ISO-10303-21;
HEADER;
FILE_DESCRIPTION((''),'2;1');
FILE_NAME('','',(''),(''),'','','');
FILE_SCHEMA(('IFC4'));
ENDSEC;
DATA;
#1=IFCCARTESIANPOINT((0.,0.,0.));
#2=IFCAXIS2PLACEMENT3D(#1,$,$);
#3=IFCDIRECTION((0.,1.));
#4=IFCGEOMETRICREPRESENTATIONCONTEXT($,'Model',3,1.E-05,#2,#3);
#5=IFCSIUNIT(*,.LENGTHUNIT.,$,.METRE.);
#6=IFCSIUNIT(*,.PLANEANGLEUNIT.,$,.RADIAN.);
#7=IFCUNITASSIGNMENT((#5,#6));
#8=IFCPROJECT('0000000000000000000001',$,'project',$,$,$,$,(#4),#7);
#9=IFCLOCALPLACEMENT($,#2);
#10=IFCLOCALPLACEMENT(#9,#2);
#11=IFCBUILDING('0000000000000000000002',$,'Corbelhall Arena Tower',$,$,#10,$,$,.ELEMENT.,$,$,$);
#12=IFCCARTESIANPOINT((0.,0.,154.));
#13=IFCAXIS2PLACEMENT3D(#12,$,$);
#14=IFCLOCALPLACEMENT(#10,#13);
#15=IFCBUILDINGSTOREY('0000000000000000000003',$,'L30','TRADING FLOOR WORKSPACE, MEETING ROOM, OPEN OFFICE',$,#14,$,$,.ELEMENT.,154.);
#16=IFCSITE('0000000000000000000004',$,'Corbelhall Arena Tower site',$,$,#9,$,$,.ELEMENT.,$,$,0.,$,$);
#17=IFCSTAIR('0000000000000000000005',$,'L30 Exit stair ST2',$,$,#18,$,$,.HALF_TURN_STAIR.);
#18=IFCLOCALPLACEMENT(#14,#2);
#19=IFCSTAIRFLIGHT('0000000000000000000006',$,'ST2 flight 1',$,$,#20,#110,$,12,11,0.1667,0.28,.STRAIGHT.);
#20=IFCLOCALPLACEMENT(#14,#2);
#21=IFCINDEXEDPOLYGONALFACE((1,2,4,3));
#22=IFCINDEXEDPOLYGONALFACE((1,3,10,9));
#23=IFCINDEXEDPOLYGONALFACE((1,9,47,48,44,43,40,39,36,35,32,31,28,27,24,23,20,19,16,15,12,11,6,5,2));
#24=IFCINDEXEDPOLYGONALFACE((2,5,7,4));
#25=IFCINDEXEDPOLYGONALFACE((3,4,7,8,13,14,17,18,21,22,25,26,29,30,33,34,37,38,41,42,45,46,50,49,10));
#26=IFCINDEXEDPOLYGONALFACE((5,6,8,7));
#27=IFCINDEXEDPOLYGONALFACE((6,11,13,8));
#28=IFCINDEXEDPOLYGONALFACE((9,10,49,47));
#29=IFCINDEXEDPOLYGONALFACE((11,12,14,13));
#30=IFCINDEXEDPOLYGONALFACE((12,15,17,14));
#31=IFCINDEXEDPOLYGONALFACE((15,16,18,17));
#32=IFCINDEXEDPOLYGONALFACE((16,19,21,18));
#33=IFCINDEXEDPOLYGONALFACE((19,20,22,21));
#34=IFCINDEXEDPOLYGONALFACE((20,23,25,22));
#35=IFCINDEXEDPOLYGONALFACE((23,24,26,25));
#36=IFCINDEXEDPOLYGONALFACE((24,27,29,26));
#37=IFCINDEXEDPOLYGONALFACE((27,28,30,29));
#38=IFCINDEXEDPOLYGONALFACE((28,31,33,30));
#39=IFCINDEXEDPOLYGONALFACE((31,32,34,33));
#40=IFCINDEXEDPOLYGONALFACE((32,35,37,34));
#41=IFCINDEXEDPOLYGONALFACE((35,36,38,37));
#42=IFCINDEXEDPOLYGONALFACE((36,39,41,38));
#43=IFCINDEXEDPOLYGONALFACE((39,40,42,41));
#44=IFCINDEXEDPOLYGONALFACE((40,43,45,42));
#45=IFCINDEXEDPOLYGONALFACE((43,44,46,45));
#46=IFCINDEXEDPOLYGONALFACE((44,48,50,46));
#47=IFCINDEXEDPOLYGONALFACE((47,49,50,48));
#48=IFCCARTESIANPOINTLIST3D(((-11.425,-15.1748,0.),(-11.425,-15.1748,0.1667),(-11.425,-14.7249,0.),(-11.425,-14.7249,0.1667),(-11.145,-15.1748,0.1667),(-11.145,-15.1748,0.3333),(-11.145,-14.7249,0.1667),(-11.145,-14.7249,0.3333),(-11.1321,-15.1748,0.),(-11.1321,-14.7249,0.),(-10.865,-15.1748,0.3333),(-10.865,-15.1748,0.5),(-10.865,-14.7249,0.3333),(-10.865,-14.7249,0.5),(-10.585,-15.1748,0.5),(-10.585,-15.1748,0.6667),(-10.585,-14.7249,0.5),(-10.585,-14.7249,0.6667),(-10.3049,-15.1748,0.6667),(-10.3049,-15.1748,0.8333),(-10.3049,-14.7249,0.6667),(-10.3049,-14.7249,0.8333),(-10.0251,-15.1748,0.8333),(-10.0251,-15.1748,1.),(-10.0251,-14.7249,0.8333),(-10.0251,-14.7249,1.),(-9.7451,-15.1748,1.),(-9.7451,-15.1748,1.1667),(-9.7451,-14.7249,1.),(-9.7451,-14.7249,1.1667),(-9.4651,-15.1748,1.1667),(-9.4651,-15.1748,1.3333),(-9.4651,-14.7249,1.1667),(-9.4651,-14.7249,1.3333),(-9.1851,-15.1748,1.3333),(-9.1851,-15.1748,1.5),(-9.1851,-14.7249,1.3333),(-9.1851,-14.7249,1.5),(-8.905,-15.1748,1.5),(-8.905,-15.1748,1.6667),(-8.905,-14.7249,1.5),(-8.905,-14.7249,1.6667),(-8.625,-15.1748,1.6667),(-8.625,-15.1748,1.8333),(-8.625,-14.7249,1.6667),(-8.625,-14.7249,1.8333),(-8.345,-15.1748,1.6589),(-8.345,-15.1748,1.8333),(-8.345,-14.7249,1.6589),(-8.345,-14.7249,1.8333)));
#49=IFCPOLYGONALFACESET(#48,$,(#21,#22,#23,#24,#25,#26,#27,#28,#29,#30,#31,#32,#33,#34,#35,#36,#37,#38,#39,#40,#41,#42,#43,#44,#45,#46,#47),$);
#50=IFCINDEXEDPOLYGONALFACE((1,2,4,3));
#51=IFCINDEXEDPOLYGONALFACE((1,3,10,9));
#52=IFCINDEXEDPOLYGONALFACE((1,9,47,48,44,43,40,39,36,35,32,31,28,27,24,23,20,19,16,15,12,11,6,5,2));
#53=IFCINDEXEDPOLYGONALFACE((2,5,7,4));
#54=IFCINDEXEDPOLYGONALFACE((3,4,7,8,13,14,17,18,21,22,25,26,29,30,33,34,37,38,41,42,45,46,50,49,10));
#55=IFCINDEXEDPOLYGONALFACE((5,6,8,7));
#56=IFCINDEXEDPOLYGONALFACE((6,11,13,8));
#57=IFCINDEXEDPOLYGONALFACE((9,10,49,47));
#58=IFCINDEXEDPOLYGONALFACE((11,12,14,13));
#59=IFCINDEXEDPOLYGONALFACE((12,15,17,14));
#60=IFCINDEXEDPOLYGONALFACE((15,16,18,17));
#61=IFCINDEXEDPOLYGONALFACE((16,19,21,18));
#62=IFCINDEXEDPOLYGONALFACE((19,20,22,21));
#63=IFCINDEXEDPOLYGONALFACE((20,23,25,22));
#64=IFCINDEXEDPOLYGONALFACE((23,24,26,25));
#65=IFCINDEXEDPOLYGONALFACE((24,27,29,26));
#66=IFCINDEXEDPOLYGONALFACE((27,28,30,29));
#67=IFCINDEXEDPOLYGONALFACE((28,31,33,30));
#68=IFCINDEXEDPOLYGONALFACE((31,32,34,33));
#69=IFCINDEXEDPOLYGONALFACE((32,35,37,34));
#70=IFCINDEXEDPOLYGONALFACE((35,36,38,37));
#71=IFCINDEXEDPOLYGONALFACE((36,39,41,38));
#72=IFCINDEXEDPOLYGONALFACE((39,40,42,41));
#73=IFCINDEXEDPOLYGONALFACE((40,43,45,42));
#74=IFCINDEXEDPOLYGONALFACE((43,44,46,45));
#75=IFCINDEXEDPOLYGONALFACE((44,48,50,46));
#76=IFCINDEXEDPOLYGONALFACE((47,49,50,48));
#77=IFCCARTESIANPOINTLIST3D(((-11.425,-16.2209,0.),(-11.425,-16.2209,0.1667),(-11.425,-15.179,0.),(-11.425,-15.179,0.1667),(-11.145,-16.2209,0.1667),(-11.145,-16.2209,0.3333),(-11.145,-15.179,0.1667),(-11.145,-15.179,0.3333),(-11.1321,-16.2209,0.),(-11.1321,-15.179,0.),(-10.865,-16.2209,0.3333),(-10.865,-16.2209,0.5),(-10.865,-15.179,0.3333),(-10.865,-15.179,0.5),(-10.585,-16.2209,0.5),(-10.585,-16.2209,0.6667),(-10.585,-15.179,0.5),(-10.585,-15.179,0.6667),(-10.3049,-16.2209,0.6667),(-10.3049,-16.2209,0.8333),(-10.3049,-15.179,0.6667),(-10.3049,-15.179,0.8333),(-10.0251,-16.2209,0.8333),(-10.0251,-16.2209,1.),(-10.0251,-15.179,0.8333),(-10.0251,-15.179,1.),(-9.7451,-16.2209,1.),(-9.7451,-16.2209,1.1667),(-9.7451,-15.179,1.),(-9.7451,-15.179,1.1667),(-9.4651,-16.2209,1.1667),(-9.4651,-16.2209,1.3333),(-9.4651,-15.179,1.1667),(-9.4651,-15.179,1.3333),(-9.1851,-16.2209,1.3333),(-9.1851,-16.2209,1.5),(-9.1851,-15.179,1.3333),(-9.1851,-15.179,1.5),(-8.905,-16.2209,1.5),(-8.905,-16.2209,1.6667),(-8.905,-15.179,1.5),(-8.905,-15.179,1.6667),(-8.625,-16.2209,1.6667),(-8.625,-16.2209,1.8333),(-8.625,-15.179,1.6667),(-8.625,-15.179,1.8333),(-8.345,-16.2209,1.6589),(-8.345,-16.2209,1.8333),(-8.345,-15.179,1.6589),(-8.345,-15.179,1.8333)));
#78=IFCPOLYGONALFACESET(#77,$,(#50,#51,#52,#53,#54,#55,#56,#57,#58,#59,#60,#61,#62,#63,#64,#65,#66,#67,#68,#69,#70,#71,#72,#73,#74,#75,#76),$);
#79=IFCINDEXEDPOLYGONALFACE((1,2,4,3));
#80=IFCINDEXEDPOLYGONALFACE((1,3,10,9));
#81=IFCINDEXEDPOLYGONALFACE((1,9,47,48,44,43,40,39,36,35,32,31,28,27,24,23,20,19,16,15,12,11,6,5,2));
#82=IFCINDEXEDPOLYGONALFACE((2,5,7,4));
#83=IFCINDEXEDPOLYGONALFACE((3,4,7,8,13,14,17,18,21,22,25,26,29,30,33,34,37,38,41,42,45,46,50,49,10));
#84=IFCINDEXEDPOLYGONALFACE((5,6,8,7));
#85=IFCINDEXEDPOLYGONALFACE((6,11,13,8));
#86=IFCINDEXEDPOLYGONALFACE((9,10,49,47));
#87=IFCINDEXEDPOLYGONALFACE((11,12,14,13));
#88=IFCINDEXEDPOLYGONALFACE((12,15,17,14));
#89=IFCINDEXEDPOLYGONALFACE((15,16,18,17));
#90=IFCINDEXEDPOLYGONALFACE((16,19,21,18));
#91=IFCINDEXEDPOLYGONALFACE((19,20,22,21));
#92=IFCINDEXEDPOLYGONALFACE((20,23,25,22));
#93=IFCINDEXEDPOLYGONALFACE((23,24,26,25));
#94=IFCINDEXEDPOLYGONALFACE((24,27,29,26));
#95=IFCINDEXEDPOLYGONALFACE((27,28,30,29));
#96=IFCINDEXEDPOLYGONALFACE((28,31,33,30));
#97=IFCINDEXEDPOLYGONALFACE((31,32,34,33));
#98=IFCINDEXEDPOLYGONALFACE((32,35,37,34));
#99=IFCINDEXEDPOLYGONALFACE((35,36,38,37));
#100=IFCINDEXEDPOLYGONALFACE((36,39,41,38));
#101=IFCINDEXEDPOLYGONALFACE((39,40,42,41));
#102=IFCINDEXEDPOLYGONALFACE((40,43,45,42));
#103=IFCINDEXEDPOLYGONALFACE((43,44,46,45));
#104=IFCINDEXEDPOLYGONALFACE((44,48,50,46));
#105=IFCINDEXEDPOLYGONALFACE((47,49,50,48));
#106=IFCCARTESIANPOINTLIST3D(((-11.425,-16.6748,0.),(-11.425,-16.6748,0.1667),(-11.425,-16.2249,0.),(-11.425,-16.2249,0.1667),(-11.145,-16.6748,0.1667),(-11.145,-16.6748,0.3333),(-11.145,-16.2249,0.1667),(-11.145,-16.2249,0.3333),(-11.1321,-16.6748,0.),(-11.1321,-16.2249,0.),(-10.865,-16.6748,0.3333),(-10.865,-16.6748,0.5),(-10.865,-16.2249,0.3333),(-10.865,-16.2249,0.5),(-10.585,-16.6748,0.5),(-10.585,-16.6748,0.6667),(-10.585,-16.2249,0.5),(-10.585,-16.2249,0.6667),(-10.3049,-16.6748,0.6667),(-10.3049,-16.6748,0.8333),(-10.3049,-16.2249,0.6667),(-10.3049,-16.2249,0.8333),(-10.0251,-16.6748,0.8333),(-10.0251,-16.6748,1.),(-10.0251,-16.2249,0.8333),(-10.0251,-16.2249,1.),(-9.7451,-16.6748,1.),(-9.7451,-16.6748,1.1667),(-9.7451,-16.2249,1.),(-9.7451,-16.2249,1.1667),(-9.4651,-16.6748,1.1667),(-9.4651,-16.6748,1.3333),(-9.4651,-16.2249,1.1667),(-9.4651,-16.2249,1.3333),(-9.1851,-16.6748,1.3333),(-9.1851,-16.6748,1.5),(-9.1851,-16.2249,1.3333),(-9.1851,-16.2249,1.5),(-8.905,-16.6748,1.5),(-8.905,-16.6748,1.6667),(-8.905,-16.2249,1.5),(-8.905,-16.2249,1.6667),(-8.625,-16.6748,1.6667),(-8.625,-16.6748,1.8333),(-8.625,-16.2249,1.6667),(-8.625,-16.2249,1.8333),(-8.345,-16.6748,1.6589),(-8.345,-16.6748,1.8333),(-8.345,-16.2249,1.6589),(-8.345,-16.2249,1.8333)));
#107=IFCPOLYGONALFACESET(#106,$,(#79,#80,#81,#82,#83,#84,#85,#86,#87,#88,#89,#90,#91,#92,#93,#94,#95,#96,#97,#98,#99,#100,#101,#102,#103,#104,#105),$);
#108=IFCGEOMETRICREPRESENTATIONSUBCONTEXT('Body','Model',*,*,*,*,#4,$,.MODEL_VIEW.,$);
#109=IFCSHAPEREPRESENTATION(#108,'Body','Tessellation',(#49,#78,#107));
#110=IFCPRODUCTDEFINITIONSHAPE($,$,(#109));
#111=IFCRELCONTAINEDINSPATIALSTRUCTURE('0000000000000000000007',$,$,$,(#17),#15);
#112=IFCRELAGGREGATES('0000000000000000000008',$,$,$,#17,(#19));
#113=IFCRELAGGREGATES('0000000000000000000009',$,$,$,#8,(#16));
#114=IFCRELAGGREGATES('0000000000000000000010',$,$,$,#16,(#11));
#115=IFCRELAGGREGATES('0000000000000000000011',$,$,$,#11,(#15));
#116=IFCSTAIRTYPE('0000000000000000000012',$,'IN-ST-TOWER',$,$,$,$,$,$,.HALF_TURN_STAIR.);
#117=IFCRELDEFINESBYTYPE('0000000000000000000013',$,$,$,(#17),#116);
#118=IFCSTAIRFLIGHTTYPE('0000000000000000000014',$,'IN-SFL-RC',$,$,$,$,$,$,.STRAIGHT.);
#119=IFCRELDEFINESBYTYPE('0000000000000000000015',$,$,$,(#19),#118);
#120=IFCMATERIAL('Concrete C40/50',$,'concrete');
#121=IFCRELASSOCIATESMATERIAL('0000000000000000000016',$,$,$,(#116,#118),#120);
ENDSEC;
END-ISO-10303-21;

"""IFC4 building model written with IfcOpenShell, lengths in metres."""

from ifc_helpers import new_model, si_unit, direction, frame, origin, place, context, subcontext, project, spatial, polyline, outline, extrude, material, type_object, element, aggregate, save


model = new_model("IFC4")

# Units and contexts
model_context = context("Model", 3, precision=1e-05, world=origin(), true_north=direction((0.0, 1.0)))
body_context = subcontext(model_context, "Body", "Model", "MODEL_VIEW")
ifc_project = project(units=[si_unit("LENGTHUNIT", "METRE"), si_unit("PLANEANGLEUNIT", "RADIAN")], contexts=[model_context])

# Site, building, storey
site_placement = place(None, origin())
site = spatial("IfcSite", under=ifc_project, at=site_placement, Name="Corbelhall Arena Tower site", CompositionType="ELEMENT", RefElevation=0.0)
building_placement = place(site_placement, origin())
building = spatial("IfcBuilding", under=site, at=building_placement, Name="Corbelhall Arena Tower", CompositionType="ELEMENT")
storey_placement = place(building_placement, frame((0.0, 0.0, 154.0)))
storey = spatial("IfcBuildingStorey", under=building, at=storey_placement, Name="L30", Description="TRADING FLOOR WORKSPACE, MEETING ROOM, OPEN OFFICE", CompositionType="ELEMENT", Elevation=154.0)

# Shared definitions
ifc_material_1 = material(Name="Concrete C40/50", Category="concrete")

# Stair, stair flight
stair_type = type_object("IfcStairType", Name="IN-ST-TOWER", PredefinedType="HALF_TURN_STAIR", material=ifc_material_1)
stair_placement = place(storey_placement, origin())
stair = element("IfcStair", 1, at=stair_placement, inside=storey, type_object=stair_type, Name="L30 Exit stair ST2", PredefinedType="HALF_TURN_STAIR")
stair_flight_type = type_object("IfcStairFlightType", Name="IN-SFL-RC", PredefinedType="STRAIGHT", material=ifc_material_1)
stair_flight_1_placement = place(storey_placement, frame((-11.425, -15.7, 0.0), z_axis=(0.0, 0.0, 1.0), x_axis=(1.0, 0.0, 0.0)))
stair_flight_1 = element("IfcStairFlight", 2, at=stair_flight_1_placement, type_object=stair_flight_type, Name="ST2 flight 1", NumberOfRisers=12, NumberOfTreads=11, PredefinedType="STRAIGHT", RiserHeight=0.1667, TreadLength=0.28, context=body_context, shape_type="SweptSolid", body=[
    extrude(outline(polyline([(0.0, 0.0), (0.0, 0.1667), (0.28, 0.1667), (0.28, 0.3333), (0.5601, 0.3333), (0.5601, 0.5), (0.8401, 0.5), (0.8401, 0.6667), (1.1201, 0.6667), (1.1201, 0.8333), (1.3999, 0.8333), (1.3999, 1.0), (1.6799, 1.0), (1.6799, 1.1667), (1.96, 1.1667), (1.96, 1.3333), (2.24, 1.3333), (2.24, 1.5), (2.52, 1.5), (2.52, 1.6667), (2.8, 1.6667), (2.8, 1.8333), (3.0801, 1.8333), (3.0801, 2.0), (3.0801, 1.6589), (0.293, 0.0), (0.0, 0.0)])), frame((0.0, 0.9751, 0.0), z_axis=(0.0, -1.0, 0.0), x_axis=(1.0, 0.0, 0.0)), (0.0, 0.0, 1.0), 0.45),
    extrude(outline(polyline([(0.0, 0.0), (0.0, 0.1667), (0.28, 0.1667), (0.28, 0.3333), (0.5601, 0.3333), (0.5601, 0.5), (0.8401, 0.5), (0.8401, 0.6667), (1.1201, 0.6667), (1.1201, 0.8333), (1.3999, 0.8333), (1.3999, 1.0), (1.6799, 1.0), (1.6799, 1.1667), (1.96, 1.1667), (1.96, 1.3333), (2.24, 1.3333), (2.24, 1.5), (2.52, 1.5), (2.52, 1.6667), (2.8, 1.6667), (2.8, 1.8333), (3.0801, 1.8333), (3.0801, 2.0), (3.0801, 1.6589), (0.293, 0.0), (0.0, 0.0)])), frame((0.0, 0.521, 0.0), z_axis=(0.0, -1.0, 0.0), x_axis=(1.0, 0.0, 0.0)), (0.0, 0.0, 1.0), 1.042),
    extrude(outline(polyline([(0.0, 0.0), (0.0, 0.1667), (0.28, 0.1667), (0.28, 0.3333), (0.5601, 0.3333), (0.5601, 0.5), (0.8401, 0.5), (0.8401, 0.6667), (1.1201, 0.6667), (1.1201, 0.8333), (1.3999, 0.8333), (1.3999, 1.0), (1.6799, 1.0), (1.6799, 1.1667), (1.96, 1.1667), (1.96, 1.3333), (2.24, 1.3333), (2.24, 1.5), (2.52, 1.5), (2.52, 1.6667), (2.8, 1.6667), (2.8, 1.8333), (3.0801, 1.8333), (3.0801, 2.0), (3.0801, 1.6589), (0.293, 0.0), (0.0, 0.0)])), frame((0.0, -0.5249, 0.0), z_axis=(0.0, -1.0, 0.0), x_axis=(1.0, 0.0, 0.0)), (0.0, 0.0, 1.0), 0.45),
])
aggregate(stair, [stair_flight_1])

save(model, "model.ifc")
